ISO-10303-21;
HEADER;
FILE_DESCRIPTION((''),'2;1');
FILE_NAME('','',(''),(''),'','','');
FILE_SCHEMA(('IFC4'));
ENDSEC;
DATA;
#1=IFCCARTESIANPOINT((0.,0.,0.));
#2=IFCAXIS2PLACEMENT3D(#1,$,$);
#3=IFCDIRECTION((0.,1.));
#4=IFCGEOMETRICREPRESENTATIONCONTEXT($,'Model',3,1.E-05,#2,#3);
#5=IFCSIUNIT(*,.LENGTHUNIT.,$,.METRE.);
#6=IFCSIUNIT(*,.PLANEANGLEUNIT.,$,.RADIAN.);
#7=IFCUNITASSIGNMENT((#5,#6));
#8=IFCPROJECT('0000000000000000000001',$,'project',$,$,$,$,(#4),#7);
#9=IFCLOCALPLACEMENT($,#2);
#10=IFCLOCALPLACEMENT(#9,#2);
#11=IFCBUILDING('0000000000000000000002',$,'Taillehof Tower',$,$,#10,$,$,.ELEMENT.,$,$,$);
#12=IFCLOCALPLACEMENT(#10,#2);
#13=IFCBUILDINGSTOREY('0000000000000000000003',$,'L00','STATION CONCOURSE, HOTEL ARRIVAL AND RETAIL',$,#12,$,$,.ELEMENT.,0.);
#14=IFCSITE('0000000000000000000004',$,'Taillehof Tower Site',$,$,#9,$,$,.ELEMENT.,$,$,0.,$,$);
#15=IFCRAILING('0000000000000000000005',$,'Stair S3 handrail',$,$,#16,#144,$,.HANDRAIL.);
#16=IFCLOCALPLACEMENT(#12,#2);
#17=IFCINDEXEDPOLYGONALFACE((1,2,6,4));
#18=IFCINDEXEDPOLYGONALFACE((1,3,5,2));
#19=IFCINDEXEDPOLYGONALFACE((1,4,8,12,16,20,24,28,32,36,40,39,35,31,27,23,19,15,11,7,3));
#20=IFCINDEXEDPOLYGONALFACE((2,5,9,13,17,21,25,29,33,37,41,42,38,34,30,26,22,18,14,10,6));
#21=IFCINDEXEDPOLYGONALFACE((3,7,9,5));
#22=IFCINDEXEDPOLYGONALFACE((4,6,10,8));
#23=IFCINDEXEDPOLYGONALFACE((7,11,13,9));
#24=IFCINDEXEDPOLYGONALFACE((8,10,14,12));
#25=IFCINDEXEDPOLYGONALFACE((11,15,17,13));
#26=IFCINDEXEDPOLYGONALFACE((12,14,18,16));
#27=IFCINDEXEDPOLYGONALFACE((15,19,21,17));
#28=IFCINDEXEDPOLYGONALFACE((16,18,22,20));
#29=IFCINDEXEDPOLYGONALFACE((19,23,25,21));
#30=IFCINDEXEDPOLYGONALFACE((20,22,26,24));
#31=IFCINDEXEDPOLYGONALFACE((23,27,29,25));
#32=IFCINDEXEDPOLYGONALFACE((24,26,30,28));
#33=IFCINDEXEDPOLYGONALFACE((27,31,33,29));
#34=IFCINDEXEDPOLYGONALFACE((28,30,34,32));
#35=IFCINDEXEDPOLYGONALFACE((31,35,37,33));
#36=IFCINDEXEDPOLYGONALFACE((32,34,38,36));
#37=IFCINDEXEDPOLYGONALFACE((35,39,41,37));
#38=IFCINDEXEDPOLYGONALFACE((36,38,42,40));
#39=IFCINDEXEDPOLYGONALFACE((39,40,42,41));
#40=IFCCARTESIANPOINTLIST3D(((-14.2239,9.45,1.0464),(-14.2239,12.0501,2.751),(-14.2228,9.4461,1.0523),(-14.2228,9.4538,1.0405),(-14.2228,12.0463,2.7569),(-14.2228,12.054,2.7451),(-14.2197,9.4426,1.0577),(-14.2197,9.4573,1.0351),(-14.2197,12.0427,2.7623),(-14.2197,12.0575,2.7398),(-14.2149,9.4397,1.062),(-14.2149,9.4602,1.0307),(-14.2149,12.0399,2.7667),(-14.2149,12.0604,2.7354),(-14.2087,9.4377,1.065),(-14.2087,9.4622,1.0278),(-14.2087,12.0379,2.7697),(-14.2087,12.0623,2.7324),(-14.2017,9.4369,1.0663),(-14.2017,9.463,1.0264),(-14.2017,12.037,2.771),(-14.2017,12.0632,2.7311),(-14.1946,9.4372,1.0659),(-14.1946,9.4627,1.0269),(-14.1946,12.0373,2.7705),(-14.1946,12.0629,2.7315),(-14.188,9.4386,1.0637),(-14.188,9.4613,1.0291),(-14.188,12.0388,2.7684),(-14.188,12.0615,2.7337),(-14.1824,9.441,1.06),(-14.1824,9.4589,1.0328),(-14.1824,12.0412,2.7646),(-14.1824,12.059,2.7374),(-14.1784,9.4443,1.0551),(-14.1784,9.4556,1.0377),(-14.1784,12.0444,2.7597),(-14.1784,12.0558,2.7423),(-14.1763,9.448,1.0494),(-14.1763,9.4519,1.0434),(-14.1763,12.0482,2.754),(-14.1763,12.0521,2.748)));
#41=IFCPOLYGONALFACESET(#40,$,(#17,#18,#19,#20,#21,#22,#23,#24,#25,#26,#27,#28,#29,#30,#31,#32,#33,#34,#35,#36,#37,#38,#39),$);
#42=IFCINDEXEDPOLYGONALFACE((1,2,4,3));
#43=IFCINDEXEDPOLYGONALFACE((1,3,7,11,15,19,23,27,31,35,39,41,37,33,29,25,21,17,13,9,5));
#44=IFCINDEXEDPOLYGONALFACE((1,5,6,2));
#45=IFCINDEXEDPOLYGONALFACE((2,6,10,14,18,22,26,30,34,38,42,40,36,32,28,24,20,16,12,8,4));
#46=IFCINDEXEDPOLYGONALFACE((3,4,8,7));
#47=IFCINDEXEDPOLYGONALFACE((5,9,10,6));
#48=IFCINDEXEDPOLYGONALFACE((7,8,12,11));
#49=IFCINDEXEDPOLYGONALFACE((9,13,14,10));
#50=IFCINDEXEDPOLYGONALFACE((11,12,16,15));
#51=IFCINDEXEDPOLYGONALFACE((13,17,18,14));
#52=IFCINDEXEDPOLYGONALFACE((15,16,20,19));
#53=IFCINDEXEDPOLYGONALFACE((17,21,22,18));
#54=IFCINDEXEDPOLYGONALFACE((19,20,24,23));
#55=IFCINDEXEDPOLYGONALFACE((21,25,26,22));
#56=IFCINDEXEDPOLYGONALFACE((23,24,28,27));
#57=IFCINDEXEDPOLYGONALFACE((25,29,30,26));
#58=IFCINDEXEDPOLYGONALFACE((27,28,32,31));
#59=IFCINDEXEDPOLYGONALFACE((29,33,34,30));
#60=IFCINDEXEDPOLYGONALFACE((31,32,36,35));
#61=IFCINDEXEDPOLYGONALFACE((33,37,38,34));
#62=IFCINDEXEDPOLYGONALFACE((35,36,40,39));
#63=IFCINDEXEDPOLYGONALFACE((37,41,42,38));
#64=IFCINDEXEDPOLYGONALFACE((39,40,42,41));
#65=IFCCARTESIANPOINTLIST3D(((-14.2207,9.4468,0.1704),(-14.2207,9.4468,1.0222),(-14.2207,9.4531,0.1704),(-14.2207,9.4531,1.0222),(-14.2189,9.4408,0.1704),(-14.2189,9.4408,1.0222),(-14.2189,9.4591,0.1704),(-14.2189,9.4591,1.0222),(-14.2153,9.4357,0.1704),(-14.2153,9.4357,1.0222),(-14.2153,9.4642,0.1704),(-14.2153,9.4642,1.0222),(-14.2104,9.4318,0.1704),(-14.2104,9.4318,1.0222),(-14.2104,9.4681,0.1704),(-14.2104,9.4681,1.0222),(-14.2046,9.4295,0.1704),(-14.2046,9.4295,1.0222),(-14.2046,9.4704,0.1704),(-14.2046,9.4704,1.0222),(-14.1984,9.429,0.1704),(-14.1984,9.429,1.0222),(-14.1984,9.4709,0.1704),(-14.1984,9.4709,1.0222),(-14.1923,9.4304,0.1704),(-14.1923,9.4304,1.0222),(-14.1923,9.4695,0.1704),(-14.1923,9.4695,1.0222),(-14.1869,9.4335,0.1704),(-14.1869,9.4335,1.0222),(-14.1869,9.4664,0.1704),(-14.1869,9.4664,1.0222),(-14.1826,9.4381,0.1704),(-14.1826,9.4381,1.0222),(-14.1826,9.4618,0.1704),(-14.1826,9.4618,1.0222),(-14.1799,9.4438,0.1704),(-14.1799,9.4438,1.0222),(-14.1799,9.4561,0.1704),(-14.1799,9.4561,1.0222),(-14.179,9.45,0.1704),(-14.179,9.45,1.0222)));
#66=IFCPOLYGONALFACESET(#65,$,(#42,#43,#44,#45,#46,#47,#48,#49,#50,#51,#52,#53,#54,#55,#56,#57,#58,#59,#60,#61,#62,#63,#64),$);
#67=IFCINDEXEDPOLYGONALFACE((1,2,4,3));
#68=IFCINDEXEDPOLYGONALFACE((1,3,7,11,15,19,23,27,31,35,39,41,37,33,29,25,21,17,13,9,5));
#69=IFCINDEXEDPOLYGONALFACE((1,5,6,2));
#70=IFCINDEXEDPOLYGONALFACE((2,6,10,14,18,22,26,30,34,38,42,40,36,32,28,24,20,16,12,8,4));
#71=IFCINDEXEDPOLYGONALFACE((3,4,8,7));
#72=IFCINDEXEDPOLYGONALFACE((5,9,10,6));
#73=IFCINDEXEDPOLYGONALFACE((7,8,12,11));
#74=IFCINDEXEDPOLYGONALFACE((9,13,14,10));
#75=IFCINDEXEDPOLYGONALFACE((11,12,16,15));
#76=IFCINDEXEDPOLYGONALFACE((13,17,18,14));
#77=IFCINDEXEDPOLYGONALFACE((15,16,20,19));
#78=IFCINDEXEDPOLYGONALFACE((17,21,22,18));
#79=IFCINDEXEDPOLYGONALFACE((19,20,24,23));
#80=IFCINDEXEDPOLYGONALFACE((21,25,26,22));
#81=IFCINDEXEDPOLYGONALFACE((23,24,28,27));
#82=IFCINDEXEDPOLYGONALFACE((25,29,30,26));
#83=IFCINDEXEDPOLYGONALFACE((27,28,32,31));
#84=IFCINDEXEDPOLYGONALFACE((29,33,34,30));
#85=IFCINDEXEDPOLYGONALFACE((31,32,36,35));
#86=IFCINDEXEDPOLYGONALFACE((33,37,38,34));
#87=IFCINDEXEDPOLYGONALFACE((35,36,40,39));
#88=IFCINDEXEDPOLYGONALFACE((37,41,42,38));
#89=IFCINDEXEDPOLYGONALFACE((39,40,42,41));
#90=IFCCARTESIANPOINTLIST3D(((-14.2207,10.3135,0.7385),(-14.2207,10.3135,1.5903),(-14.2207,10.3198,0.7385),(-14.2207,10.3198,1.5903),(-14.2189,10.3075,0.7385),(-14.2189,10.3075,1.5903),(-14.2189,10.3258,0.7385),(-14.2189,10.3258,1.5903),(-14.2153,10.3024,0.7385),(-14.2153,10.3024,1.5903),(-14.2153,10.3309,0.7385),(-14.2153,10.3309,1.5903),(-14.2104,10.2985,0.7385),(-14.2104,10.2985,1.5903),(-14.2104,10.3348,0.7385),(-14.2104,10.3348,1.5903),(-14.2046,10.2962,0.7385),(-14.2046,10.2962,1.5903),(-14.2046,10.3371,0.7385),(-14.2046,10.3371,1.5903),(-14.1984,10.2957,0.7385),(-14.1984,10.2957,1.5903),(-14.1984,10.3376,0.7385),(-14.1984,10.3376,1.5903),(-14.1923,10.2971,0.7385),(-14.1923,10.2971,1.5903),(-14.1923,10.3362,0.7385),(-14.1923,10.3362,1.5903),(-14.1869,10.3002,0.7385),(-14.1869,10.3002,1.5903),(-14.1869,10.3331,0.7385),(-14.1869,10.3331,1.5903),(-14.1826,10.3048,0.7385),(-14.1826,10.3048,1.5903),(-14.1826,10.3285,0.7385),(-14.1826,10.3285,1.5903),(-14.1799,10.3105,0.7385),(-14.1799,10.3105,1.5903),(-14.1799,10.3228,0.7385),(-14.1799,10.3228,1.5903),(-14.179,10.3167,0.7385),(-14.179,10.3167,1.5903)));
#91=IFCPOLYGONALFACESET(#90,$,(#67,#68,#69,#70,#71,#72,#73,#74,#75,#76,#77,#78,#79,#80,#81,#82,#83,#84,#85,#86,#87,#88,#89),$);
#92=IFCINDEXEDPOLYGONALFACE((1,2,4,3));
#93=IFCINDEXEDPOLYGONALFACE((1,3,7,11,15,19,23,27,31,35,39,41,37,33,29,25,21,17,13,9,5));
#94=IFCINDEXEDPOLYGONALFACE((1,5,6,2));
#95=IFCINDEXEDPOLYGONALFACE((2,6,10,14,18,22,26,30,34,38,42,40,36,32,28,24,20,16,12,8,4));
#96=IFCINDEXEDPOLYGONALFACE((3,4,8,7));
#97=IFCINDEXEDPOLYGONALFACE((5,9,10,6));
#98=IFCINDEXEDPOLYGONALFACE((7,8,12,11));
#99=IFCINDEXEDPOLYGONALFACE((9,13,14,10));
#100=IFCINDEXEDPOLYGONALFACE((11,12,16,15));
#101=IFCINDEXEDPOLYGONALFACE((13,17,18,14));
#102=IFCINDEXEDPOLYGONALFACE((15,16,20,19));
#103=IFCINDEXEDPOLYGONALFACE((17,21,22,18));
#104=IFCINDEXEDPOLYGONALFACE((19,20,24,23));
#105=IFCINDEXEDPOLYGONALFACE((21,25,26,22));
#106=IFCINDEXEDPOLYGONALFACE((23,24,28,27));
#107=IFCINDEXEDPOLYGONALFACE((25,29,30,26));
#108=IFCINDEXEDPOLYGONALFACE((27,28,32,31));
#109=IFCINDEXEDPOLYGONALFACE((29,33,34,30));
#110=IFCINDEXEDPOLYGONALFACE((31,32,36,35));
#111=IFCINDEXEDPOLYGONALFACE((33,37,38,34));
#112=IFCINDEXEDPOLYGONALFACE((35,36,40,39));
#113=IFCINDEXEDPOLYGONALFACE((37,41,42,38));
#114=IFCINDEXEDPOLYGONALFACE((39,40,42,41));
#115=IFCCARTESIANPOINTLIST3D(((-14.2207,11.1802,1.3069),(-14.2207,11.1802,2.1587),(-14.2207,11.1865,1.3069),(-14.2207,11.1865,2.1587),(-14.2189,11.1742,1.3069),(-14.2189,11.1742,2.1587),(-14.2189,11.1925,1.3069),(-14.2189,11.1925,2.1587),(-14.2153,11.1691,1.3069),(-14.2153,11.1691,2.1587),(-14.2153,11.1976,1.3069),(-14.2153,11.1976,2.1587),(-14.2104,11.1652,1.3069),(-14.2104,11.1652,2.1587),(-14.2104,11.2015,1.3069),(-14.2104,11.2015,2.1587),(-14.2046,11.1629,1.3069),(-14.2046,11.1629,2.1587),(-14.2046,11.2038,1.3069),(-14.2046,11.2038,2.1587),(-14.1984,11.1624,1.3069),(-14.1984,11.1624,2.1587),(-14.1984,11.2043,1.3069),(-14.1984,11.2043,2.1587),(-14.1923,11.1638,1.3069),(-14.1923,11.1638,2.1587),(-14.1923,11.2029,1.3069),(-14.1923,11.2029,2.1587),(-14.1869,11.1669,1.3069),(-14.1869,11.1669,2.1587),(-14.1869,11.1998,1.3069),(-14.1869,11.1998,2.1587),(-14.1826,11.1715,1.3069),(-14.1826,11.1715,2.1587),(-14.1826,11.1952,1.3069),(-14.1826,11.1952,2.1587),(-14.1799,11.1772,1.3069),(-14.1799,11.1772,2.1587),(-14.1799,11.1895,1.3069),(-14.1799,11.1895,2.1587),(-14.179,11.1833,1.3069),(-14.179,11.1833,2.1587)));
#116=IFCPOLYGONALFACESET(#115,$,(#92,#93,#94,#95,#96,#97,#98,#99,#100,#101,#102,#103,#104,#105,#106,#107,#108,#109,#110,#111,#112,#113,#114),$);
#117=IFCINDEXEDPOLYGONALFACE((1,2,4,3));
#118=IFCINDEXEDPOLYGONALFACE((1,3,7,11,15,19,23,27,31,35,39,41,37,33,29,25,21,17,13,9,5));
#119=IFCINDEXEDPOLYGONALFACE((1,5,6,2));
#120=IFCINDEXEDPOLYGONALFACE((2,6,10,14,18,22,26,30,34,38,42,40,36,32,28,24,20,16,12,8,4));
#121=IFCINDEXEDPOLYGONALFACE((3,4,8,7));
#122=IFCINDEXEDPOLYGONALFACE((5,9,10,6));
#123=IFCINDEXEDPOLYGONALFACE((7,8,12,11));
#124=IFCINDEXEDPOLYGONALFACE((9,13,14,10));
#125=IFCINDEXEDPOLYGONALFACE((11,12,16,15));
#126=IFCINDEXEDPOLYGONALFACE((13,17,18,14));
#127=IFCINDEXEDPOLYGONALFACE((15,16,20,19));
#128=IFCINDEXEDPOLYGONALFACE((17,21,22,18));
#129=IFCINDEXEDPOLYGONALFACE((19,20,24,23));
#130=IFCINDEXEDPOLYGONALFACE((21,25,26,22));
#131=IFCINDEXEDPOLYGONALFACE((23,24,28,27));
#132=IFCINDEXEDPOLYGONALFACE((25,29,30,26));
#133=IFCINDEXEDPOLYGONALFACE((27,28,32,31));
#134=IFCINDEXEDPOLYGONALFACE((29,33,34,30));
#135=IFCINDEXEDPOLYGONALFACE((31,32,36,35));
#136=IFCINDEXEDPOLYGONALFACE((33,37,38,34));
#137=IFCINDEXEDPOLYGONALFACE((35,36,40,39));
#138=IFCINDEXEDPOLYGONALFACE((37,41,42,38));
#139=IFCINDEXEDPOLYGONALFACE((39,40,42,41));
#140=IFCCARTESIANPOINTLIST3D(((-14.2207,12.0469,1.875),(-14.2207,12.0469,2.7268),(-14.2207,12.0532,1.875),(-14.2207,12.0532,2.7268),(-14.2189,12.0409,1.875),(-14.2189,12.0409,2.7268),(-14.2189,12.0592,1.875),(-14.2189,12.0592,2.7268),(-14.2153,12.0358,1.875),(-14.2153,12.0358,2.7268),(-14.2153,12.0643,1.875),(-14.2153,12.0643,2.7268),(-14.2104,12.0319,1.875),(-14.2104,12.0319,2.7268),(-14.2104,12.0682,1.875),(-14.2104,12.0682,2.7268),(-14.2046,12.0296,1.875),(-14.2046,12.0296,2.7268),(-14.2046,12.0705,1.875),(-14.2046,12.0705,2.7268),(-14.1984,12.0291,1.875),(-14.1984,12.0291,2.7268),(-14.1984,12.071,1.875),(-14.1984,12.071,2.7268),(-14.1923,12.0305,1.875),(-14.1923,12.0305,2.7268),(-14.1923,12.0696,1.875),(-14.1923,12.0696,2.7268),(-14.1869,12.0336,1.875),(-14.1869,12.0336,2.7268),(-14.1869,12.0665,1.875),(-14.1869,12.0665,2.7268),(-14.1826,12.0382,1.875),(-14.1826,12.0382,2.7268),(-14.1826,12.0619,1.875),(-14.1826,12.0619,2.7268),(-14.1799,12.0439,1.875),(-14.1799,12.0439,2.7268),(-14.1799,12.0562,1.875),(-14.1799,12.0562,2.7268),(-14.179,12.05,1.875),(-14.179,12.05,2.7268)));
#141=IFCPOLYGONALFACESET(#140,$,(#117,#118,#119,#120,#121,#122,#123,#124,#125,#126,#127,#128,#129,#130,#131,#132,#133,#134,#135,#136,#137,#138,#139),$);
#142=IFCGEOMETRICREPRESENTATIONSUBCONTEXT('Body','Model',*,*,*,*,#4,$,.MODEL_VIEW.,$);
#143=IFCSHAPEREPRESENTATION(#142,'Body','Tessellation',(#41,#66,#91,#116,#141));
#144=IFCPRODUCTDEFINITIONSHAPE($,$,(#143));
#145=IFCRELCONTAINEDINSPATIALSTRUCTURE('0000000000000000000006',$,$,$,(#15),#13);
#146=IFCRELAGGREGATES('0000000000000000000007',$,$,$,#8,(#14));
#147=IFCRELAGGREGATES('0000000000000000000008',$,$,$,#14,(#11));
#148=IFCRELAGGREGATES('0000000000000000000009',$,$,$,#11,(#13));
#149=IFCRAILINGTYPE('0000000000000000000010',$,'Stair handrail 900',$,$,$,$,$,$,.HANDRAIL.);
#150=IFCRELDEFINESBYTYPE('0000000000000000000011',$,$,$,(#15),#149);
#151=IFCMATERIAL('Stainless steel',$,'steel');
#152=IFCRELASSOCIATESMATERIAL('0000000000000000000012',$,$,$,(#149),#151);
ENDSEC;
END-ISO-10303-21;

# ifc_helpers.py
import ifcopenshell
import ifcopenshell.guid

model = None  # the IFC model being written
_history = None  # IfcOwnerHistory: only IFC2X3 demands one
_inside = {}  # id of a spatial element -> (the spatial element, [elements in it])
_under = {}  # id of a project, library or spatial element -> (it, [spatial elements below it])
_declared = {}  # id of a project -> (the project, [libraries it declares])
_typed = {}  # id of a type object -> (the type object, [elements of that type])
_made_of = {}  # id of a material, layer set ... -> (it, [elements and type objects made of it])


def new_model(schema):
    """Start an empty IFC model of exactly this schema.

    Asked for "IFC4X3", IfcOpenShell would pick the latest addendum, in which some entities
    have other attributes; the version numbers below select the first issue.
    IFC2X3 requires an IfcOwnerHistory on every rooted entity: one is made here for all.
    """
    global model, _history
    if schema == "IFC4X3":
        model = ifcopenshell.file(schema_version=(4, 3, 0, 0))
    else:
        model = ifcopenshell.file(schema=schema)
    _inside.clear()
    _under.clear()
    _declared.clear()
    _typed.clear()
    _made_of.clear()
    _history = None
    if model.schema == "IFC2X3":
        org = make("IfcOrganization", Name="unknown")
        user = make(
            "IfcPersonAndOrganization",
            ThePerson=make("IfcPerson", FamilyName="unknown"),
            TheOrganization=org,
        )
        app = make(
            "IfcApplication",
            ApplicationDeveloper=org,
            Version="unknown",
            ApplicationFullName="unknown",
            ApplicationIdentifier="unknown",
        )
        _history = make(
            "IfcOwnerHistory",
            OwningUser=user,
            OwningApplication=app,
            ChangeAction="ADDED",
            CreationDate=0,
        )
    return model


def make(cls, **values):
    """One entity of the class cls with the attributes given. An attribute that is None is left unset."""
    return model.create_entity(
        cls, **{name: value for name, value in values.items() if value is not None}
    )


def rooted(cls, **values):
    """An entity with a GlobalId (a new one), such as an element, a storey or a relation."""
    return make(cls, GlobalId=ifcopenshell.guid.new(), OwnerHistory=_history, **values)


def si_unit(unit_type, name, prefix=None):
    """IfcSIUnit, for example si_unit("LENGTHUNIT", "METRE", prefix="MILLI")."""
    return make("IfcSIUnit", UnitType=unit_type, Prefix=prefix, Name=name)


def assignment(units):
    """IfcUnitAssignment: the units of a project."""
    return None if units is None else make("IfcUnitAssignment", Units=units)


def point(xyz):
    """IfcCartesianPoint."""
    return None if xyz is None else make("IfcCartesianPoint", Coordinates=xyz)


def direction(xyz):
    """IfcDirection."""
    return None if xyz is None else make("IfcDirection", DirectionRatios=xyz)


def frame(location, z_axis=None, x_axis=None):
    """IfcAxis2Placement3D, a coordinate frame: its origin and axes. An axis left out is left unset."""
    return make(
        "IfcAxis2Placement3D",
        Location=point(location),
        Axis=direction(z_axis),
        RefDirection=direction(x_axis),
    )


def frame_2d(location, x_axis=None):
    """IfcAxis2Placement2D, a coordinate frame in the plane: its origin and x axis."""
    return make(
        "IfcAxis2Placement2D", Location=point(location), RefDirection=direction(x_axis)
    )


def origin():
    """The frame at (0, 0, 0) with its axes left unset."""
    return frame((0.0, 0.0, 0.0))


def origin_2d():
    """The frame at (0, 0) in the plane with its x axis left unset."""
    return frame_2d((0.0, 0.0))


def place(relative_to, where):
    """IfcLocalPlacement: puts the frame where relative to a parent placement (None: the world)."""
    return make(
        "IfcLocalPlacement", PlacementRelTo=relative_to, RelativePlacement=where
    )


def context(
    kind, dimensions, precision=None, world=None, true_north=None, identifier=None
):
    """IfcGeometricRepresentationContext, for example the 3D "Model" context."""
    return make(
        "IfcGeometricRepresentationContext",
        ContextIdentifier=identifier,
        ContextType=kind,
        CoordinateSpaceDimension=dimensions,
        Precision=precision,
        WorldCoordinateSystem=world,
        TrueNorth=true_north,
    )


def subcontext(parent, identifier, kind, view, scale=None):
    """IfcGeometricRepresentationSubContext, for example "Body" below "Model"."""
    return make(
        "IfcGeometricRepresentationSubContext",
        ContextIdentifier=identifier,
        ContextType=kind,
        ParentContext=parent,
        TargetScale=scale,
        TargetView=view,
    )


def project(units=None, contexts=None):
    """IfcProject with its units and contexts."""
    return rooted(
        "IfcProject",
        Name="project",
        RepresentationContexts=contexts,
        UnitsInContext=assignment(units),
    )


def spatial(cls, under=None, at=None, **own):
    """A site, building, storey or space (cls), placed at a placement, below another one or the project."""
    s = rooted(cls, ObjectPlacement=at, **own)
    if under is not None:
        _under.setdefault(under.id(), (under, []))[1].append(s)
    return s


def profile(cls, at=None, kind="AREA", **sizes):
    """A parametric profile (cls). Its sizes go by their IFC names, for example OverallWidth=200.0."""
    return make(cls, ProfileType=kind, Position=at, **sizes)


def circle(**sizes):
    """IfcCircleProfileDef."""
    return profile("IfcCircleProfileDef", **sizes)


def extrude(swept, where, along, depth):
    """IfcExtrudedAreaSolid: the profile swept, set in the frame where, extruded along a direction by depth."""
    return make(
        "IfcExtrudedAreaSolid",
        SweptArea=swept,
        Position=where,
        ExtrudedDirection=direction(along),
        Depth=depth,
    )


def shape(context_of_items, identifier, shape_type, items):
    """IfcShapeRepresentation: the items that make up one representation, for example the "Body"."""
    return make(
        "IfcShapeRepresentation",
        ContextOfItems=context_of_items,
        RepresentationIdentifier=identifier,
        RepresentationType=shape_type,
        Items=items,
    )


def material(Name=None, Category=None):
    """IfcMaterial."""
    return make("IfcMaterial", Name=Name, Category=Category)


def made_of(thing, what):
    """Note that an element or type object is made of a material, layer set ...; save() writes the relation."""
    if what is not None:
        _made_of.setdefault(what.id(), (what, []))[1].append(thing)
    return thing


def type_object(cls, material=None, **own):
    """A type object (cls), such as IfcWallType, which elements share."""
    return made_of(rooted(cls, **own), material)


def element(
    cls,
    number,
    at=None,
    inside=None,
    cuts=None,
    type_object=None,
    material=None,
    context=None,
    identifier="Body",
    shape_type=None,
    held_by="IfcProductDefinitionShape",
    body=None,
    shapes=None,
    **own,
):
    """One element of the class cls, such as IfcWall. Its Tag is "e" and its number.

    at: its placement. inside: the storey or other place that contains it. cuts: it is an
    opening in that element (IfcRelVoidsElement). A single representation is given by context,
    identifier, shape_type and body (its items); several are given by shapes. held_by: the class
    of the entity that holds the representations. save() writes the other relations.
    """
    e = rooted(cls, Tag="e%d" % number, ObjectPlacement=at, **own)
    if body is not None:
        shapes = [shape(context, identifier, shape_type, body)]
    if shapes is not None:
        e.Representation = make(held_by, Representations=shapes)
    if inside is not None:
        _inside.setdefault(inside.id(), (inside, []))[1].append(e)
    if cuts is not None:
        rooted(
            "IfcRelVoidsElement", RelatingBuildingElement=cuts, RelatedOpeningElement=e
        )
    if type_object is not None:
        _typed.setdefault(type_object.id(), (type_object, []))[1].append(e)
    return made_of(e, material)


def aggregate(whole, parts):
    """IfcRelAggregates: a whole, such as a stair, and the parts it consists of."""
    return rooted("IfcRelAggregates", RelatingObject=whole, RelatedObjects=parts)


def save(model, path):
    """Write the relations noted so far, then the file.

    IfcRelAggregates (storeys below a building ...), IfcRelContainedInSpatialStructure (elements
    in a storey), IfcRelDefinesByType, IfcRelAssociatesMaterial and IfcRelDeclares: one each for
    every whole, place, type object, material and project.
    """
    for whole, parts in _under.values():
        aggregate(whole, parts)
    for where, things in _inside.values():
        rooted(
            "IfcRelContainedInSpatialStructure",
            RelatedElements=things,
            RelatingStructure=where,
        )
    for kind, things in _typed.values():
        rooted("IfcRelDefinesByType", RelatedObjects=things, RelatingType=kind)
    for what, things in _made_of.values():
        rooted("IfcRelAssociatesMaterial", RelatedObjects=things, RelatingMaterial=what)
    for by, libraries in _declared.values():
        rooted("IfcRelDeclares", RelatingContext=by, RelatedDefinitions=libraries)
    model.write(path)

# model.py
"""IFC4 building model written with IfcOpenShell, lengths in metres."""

from ifc_helpers import new_model, si_unit, direction, frame, origin, origin_2d, place, context, subcontext, project, spatial, circle, extrude, material, type_object, element, save


model = new_model("IFC4")

# Units and contexts
model_context = context("Model", 3, precision=1e-05, world=origin(), true_north=direction((0.0, 1.0)))
body_context = subcontext(model_context, "Body", "Model", "MODEL_VIEW")
ifc_project = project(units=[si_unit("LENGTHUNIT", "METRE"), si_unit("PLANEANGLEUNIT", "RADIAN")], contexts=[model_context])

# Site, building, storey
site_placement = place(None, origin())
site = spatial("IfcSite", under=ifc_project, at=site_placement, Name="Taillehof Tower Site", CompositionType="ELEMENT", RefElevation=0.0)
building_placement = place(site_placement, origin())
building = spatial("IfcBuilding", under=site, at=building_placement, Name="Taillehof Tower", CompositionType="ELEMENT")
storey_placement = place(building_placement, origin())
storey = spatial("IfcBuildingStorey", under=building, at=storey_placement, Name="L00", Description="STATION CONCOURSE, HOTEL ARRIVAL AND RETAIL", CompositionType="ELEMENT", Elevation=0.0)

# Railing
ifc_material_1 = material(Name="Stainless steel", Category="steel")
railing_type = type_object("IfcRailingType", Name="Stair handrail 900", PredefinedType="HANDRAIL", material=ifc_material_1)
for number, where, name in (
    (1, (-14.2, 9.45, 0.1704), "Stair S3 handrail"),
):
    element("IfcRailing", number, at=place(storey_placement, frame(where)), inside=storey, type_object=railing_type, Name=name, PredefinedType="HANDRAIL", context=body_context, shape_type="SweptSolid", body=[
        extrude(circle(Radius=0.0239, at=origin_2d()), frame((0.0, 0.0, 0.876), z_axis=(0.0, 0.836302, 0.548269), x_axis=(-1.0, 0.0, 0.0)), (0.0, 0.0, 1.0), 3.1091),
        extrude(circle(Radius=0.021, at=origin_2d()), origin(), (0.0, 0.0, 1.0), 0.8518),
        extrude(circle(Radius=0.021, at=origin_2d()), frame((0.0, 0.8667, 0.5681)), (0.0, 0.0, 1.0), 0.8518),
        extrude(circle(Radius=0.021, at=origin_2d()), frame((0.0, 1.7334, 1.1365)), (0.0, 0.0, 1.0), 0.8518),
        extrude(circle(Radius=0.021, at=origin_2d()), frame((0.0, 2.6001, 1.7046)), (0.0, 0.0, 1.0), 0.8518),
    ])

save(model, "model.ifc")
